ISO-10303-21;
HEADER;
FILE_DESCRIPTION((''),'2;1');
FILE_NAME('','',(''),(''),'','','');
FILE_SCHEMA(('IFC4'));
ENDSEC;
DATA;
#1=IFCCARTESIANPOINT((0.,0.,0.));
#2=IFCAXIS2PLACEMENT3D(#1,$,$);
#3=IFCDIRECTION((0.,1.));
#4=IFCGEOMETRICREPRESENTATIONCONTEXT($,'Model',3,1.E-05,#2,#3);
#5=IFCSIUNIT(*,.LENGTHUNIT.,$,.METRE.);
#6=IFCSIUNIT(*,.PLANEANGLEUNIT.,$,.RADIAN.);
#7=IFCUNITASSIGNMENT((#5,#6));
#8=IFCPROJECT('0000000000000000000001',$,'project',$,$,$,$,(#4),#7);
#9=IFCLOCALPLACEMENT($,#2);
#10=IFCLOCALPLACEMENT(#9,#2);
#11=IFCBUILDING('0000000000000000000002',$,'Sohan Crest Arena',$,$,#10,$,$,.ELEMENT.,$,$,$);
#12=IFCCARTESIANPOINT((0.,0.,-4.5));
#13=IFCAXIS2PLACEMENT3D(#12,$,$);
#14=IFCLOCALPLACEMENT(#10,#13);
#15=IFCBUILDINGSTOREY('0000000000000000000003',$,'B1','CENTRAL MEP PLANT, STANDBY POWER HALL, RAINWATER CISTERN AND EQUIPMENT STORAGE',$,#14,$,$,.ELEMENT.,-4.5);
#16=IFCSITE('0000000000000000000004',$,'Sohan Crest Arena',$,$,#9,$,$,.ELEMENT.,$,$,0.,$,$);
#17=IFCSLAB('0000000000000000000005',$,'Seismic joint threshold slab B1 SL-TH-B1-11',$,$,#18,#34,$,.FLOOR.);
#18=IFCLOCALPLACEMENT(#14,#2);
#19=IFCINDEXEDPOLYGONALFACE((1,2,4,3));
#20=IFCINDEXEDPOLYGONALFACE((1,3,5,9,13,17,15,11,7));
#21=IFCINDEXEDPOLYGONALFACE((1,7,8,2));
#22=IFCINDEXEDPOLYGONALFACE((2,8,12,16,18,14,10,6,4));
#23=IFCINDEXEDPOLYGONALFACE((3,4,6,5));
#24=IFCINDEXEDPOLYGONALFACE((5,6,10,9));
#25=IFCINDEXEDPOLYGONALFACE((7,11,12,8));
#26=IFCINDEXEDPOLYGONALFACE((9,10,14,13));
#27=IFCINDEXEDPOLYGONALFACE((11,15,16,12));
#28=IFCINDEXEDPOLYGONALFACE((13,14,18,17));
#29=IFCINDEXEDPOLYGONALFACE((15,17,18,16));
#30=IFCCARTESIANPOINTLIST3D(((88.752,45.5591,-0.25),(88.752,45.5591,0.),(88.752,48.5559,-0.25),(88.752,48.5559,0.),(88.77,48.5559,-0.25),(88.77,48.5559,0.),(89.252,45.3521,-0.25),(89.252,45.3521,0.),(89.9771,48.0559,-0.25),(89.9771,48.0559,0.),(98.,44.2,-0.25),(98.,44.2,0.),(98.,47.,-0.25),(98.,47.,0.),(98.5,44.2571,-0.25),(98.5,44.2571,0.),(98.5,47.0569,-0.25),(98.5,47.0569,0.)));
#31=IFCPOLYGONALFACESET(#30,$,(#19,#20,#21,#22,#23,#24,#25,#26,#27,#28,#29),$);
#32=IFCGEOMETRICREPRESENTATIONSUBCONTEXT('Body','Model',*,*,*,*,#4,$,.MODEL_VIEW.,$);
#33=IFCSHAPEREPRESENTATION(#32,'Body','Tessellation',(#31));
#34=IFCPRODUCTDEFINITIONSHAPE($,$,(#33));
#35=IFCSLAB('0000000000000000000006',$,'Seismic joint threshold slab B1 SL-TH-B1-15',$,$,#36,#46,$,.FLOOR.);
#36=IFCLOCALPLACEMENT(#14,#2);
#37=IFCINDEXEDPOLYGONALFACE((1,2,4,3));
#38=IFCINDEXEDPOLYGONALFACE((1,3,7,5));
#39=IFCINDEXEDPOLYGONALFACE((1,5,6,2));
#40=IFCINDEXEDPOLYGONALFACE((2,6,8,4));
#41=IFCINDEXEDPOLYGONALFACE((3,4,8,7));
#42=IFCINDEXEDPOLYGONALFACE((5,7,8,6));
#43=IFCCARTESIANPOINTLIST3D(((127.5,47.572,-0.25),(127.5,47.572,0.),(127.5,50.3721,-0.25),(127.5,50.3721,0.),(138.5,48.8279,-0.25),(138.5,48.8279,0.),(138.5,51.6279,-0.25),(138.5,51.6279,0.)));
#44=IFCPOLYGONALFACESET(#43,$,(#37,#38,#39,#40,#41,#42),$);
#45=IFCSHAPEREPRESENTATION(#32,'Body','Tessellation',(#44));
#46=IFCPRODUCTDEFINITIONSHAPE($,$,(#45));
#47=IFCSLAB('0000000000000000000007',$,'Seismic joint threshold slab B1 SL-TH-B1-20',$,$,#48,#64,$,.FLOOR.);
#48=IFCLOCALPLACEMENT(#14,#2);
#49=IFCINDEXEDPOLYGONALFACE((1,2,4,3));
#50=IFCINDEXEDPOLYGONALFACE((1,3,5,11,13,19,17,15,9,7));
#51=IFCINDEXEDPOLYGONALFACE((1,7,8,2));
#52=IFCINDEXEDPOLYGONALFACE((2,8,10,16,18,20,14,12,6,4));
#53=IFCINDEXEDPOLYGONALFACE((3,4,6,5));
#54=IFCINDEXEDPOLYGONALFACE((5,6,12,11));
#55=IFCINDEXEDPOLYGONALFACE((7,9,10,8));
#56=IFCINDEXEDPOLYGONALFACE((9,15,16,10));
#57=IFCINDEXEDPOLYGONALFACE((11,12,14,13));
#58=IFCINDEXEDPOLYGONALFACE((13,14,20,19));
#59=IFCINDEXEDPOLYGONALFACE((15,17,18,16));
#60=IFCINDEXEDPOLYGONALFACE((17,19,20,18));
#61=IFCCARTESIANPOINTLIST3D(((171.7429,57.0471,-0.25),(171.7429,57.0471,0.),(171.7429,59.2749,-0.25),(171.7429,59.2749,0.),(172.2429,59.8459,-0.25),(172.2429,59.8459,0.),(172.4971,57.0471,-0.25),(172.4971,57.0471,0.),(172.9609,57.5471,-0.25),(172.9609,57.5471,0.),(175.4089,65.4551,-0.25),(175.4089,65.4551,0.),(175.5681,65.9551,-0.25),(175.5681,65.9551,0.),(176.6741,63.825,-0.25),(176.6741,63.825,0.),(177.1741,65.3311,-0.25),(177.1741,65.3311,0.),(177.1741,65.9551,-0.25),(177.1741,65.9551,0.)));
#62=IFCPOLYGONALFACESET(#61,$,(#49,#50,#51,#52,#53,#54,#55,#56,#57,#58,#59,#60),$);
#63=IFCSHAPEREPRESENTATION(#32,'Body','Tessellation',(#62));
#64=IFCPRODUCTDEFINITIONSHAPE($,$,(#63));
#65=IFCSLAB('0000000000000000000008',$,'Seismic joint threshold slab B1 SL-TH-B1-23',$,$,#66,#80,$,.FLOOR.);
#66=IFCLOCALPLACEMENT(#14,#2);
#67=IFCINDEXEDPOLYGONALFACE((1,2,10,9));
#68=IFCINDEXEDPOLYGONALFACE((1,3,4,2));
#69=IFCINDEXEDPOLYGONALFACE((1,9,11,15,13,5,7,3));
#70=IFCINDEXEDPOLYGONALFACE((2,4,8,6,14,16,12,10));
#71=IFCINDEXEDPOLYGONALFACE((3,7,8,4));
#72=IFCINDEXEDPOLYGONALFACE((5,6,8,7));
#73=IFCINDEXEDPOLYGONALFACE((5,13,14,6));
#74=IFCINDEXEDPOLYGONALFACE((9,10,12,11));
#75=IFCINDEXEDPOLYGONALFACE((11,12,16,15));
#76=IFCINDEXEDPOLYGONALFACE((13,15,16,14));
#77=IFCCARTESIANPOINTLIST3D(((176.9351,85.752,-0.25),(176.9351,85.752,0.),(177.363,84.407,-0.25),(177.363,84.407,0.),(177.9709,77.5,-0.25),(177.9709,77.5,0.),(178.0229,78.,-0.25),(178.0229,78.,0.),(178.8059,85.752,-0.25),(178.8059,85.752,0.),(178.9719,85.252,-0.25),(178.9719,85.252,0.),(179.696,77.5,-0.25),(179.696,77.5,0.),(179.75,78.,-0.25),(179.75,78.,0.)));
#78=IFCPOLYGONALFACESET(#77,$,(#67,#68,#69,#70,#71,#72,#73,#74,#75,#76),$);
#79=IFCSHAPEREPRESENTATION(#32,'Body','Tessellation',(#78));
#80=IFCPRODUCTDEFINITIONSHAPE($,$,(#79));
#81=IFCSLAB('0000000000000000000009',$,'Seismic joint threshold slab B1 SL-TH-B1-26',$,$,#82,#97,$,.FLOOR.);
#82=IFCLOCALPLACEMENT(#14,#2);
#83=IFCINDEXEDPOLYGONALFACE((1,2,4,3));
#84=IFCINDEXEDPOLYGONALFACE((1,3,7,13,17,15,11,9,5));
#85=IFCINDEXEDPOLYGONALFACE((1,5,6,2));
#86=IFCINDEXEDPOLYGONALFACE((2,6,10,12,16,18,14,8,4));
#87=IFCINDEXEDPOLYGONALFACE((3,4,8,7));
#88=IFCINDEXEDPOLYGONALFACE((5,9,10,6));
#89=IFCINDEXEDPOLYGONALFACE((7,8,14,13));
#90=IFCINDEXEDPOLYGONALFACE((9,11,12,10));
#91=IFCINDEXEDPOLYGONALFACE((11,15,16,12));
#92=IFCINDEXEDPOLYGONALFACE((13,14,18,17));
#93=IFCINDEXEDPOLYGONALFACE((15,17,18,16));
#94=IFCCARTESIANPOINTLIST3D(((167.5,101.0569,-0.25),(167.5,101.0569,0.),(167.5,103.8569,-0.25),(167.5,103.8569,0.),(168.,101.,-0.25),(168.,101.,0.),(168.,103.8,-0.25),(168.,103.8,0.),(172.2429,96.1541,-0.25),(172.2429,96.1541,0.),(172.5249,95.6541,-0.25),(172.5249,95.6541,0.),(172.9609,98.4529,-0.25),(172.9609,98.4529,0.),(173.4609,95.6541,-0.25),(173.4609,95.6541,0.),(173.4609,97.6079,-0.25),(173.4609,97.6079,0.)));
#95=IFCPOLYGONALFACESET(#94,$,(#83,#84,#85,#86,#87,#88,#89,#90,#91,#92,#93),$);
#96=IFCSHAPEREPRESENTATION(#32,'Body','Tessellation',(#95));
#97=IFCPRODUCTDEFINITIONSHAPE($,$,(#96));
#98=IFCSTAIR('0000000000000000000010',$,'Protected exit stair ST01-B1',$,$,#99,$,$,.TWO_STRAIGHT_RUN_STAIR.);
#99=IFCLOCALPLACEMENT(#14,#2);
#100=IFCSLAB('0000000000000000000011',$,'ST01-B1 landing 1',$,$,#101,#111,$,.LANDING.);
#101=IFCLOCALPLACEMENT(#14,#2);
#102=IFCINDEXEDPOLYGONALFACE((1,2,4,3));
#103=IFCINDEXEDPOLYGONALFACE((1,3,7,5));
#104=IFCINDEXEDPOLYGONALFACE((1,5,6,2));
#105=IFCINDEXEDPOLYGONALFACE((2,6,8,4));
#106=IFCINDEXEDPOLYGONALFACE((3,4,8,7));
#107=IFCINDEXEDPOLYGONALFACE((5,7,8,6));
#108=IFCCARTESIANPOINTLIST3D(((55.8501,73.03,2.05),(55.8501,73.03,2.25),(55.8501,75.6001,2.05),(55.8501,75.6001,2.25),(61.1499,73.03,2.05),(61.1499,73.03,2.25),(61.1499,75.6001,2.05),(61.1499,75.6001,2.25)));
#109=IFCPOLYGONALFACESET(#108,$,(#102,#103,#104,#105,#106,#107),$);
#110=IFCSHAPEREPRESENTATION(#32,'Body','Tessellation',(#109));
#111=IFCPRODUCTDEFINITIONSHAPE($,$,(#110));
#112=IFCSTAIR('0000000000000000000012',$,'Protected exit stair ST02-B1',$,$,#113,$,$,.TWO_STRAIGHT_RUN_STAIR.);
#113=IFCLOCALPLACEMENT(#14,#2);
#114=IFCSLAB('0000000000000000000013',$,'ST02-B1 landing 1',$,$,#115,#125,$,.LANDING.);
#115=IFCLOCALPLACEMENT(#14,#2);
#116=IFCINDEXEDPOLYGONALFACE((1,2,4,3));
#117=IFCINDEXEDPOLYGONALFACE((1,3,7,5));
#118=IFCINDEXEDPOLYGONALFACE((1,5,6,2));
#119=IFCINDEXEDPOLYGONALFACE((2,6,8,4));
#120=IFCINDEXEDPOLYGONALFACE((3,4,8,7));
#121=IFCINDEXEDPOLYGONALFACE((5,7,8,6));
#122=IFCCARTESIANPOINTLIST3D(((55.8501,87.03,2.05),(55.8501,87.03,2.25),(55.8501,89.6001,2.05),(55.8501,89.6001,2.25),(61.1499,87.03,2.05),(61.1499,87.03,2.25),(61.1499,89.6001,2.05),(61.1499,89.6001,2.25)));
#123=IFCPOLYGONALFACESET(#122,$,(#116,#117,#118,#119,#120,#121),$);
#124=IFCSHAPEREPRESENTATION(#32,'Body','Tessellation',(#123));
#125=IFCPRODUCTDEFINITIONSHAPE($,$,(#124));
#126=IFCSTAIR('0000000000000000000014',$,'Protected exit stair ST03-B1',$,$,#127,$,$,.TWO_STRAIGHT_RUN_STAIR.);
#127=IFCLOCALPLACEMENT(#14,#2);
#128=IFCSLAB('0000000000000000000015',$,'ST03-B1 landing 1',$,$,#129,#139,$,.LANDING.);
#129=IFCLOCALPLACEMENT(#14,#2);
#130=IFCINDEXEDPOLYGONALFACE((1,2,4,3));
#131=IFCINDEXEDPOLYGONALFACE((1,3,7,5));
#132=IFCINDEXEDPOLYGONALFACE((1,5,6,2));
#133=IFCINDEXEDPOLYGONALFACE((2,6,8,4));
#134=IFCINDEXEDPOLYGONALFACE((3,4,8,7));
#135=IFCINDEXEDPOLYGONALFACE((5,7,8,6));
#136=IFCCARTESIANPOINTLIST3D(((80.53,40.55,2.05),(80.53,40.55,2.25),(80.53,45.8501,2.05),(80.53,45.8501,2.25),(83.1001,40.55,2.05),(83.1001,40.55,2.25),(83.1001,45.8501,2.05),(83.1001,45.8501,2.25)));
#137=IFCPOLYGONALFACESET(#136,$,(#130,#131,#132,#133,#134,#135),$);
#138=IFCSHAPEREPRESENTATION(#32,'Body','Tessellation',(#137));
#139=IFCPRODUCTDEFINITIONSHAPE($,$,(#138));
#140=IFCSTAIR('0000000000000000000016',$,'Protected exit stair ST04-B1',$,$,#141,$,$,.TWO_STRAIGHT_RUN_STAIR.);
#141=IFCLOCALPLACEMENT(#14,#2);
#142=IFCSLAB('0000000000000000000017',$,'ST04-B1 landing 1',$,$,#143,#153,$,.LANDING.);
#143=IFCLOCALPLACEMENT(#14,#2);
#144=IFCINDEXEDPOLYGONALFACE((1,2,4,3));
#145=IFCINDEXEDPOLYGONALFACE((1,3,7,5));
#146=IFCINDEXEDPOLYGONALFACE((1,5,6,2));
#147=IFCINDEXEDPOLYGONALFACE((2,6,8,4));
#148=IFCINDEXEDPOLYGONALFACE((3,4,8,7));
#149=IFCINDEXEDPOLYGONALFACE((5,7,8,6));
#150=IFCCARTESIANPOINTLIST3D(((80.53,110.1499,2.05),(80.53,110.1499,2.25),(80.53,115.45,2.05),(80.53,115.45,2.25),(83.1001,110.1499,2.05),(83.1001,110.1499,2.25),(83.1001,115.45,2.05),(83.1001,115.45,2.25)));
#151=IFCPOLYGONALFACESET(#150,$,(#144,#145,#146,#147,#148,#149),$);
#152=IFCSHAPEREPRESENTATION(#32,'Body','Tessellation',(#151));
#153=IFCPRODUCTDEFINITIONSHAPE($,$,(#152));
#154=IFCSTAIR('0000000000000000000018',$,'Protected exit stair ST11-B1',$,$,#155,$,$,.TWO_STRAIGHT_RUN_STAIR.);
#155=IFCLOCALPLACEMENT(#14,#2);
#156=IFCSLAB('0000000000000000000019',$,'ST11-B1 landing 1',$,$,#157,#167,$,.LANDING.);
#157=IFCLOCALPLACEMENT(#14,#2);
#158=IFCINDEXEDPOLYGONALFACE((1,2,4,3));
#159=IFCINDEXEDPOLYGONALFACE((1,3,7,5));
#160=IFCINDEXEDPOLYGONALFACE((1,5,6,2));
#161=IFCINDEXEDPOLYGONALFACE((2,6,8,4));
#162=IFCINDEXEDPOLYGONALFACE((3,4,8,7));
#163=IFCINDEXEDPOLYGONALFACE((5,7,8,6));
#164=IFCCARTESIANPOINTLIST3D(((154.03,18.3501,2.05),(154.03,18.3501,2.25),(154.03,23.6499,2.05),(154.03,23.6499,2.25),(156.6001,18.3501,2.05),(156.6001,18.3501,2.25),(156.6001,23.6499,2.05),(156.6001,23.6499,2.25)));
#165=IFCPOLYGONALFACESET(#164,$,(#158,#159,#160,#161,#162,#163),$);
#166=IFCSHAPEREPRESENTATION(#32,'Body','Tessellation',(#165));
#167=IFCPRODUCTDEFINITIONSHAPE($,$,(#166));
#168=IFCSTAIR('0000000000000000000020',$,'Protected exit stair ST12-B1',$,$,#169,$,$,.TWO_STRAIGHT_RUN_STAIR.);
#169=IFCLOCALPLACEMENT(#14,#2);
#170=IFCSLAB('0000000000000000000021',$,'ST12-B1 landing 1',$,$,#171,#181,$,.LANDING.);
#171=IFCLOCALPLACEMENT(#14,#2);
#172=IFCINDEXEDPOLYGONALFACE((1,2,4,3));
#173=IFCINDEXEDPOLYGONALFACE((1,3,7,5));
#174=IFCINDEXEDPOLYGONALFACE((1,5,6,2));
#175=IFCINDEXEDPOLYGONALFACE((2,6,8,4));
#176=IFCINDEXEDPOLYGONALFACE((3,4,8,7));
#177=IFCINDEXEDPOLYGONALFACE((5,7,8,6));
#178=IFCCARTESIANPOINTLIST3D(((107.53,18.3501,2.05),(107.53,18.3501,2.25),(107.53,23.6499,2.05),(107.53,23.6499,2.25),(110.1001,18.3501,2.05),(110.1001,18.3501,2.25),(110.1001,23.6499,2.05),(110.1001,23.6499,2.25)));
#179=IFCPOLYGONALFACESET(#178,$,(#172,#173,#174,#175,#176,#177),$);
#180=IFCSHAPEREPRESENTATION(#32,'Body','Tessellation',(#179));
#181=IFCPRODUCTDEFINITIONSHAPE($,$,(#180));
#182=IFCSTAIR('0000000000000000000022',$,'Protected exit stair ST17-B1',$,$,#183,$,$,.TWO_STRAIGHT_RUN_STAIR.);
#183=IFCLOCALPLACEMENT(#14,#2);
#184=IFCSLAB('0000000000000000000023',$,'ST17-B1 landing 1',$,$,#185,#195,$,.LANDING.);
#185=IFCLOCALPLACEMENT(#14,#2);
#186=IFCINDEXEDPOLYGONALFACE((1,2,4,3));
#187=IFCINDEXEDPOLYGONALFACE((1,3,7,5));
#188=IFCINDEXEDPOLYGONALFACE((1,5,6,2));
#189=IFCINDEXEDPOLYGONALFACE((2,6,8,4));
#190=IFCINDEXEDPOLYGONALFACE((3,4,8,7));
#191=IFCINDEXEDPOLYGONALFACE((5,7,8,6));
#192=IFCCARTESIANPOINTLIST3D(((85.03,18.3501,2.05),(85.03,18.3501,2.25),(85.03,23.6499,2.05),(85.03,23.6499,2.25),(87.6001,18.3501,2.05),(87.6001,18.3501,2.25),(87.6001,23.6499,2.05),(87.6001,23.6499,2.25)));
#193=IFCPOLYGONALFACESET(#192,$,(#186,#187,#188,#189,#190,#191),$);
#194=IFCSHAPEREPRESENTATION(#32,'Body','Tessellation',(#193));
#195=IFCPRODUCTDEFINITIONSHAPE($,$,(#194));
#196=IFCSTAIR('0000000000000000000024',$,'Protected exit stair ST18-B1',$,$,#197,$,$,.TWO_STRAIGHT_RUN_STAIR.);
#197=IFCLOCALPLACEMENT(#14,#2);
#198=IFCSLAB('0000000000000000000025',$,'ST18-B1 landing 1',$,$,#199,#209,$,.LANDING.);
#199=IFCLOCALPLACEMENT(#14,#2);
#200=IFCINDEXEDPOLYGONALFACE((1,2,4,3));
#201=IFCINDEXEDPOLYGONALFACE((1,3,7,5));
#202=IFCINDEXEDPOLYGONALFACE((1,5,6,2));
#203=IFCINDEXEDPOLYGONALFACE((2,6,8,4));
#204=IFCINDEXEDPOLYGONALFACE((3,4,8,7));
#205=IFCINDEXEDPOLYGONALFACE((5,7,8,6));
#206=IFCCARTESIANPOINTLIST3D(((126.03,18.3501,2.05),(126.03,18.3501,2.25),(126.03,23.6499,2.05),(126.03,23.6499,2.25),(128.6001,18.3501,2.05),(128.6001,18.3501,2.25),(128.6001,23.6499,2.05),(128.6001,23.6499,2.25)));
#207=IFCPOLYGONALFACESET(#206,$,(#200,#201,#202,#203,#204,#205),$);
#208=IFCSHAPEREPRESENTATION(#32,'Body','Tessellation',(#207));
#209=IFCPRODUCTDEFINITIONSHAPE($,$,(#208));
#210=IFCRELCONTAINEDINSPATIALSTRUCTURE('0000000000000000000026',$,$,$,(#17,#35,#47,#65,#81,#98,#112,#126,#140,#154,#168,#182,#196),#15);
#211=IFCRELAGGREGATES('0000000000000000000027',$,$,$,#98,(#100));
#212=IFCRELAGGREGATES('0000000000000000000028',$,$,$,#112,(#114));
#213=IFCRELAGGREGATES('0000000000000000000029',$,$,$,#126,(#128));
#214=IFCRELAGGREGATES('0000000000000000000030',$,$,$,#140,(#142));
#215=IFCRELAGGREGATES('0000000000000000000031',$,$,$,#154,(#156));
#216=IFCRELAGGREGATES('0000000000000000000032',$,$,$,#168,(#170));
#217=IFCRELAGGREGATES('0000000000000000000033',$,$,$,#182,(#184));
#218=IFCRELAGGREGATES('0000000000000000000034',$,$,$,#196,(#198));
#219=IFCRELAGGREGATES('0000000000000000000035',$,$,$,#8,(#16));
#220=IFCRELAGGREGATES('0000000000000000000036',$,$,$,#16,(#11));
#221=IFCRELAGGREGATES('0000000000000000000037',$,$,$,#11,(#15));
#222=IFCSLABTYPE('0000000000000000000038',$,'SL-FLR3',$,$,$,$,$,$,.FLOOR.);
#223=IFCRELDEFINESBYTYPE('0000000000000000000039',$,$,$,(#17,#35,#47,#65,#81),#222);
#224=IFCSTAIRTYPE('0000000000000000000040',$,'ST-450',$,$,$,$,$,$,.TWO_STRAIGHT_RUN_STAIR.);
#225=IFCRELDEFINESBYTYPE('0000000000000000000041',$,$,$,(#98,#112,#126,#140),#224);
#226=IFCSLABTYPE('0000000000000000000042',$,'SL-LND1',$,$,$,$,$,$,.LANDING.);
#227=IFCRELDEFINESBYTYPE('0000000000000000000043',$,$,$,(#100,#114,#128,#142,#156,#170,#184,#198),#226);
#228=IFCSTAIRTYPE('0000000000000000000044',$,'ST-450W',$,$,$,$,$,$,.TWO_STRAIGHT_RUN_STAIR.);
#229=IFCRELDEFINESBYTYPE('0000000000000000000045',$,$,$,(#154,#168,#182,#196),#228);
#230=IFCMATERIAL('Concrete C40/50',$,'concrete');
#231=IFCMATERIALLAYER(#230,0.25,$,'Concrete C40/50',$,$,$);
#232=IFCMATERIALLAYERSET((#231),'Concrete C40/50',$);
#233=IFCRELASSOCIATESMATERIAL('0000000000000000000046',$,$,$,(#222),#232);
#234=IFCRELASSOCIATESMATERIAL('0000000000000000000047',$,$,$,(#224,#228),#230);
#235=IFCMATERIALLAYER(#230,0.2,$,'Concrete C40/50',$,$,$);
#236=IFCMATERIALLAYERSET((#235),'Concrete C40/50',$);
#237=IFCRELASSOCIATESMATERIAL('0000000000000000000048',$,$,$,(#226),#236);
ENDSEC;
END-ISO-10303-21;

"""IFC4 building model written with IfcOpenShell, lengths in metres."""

from ifc_helpers import new_model, si_unit, direction, frame, origin, place, context, subcontext, project, spatial, polyline, outline, extrude, material, layer, layer_set, type_object, element, aggregate, save


model = new_model("IFC4")

# Units and contexts
model_context = context("Model", 3, precision=1e-05, world=origin(), true_north=direction((0.0, 1.0)))
body_context = subcontext(model_context, "Body", "Model", "MODEL_VIEW")
ifc_project = project(units=[si_unit("LENGTHUNIT", "METRE"), si_unit("PLANEANGLEUNIT", "RADIAN")], contexts=[model_context])

# Site, building, storey
site_placement = place(None, origin())
site = spatial("IfcSite", under=ifc_project, at=site_placement, Name="Sohan Crest Arena", CompositionType="ELEMENT", RefElevation=0.0)
building_placement = place(site_placement, origin())
building = spatial("IfcBuilding", under=site, at=building_placement, Name="Sohan Crest Arena", CompositionType="ELEMENT")
storey_placement = place(building_placement, frame((0.0, 0.0, -4.5)))
storey = spatial("IfcBuildingStorey", under=building, at=storey_placement, Name="B1", Description="CENTRAL MEP PLANT, STANDBY POWER HALL, RAINWATER CISTERN AND EQUIPMENT STORAGE", CompositionType="ELEMENT", Elevation=-4.5)

# Slabs
ifc_material = material(Name="Concrete C40/50", Category="concrete")
ifc_layer_1 = layer(ifc_material, 0.25, Name="Concrete C40/50")
ifc_layer_set_1 = layer_set([ifc_layer_1], Name="Concrete C40/50")
slab_type_1 = type_object("IfcSlabType", Name="SL-FLR3", PredefinedType="FLOOR", material=ifc_layer_set_1)
slab_1_placement = place(storey_placement, frame((0.0, 0.0, -0.25)))
element("IfcSlab", 1, at=slab_1_placement, inside=storey, type_object=slab_type_1, Name="Seismic joint threshold slab B1 SL-TH-B1-11", PredefinedType="FLOOR", context=body_context, shape_type="SweptSolid", body=[
    extrude(outline(polyline([(98.0, 44.2), (89.252, 45.3521), (88.752, 45.5591), (88.752, 48.5559), (88.77, 48.5559), (89.9771, 48.0559), (98.0, 47.0), (98.5, 47.0569), (98.5, 44.2571), (98.0, 44.2)])), origin(), (0.0, 0.0, 1.0), 0.25),
])
slab_2_placement = place(storey_placement, frame((0.0, 0.0, -0.25)))
element("IfcSlab", 2, at=slab_2_placement, inside=storey, type_object=slab_type_1, Name="Seismic joint threshold slab B1 SL-TH-B1-15", PredefinedType="FLOOR", context=body_context, shape_type="SweptSolid", body=[
    extrude(outline(polyline([(138.5, 48.8279), (127.5, 47.572), (127.5, 50.3721), (138.5, 51.6279), (138.5, 48.8279)])), origin(), (0.0, 0.0, 1.0), 0.25),
])
slab_3_placement = place(storey_placement, frame((0.0, 0.0, -0.25)))
element("IfcSlab", 3, at=slab_3_placement, inside=storey, type_object=slab_type_1, Name="Seismic joint threshold slab B1 SL-TH-B1-20", PredefinedType="FLOOR", context=body_context, shape_type="SweptSolid", body=[
    extrude(outline(polyline([(176.6741, 63.825), (172.9609, 57.5471), (172.4971, 57.0471), (171.7429, 57.0471), (171.7429, 59.2749), (172.2429, 59.8459), (175.4089, 65.4551), (175.5681, 65.9551), (177.1741, 65.9551), (177.1741, 65.3311), (176.6741, 63.825)])), origin(), (0.0, 0.0, 1.0), 0.25),
])
slab_4_placement = place(storey_placement, frame((0.0, 0.0, -0.25)))
element("IfcSlab", 4, at=slab_4_placement, inside=storey, type_object=slab_type_1, Name="Seismic joint threshold slab B1 SL-TH-B1-23", PredefinedType="FLOOR", context=body_context, shape_type="SweptSolid", body=[
    extrude(outline(polyline([(178.9719, 85.252), (179.75, 78.0), (179.696, 77.5), (177.9709, 77.5), (178.0229, 78.0), (177.363, 84.407), (176.9351, 85.752), (178.8059, 85.752), (178.9719, 85.252)])), origin(), (0.0, 0.0, 1.0), 0.25),
])
slab_5_placement = place(storey_placement, frame((0.0, 0.0, -0.25)))
element("IfcSlab", 5, at=slab_5_placement, inside=storey, type_object=slab_type_1, Name="Seismic joint threshold slab B1 SL-TH-B1-26", PredefinedType="FLOOR", context=body_context, shape_type="SweptSolid", body=[
    extrude(outline(polyline([(168.0, 103.8), (172.9609, 98.4529), (173.4609, 97.6079), (173.4609, 95.6541), (172.5249, 95.6541), (172.2429, 96.1541), (168.0, 101.0), (167.5, 101.0569), (167.5, 103.8569), (168.0, 103.8)])), origin(), (0.0, 0.0, 1.0), 0.25),
])

# Stairs, slabs
stair_type_1 = type_object("IfcStairType", Name="ST-450", PredefinedType="TWO_STRAIGHT_RUN_STAIR", material=ifc_material)
stair_1_placement = place(storey_placement, origin())
stair_1 = element("IfcStair", 6, at=stair_1_placement, inside=storey, type_object=stair_type_1, Name="Protected exit stair ST01-B1", PredefinedType="TWO_STRAIGHT_RUN_STAIR")
ifc_layer_2 = layer(ifc_material, 0.2, Name="Concrete C40/50")
ifc_layer_set_2 = layer_set([ifc_layer_2], Name="Concrete C40/50")
slab_type_2 = type_object("IfcSlabType", Name="SL-LND1", PredefinedType="LANDING", material=ifc_layer_set_2)
slab_6_placement = place(storey_placement, frame((0.0, 0.0, 2.05)))
slab_6 = element("IfcSlab", 7, at=slab_6_placement, type_object=slab_type_2, Name="ST01-B1 landing 1", PredefinedType="LANDING", context=body_context, shape_type="SweptSolid", body=[
    extrude(outline(polyline([(55.8501, 73.03), (61.1499, 73.03), (61.1499, 75.6001), (55.8501, 75.6001), (55.8501, 73.03)])), origin(), (0.0, 0.0, 1.0), 0.2),
])
aggregate(stair_1, [slab_6])
stair_2_placement = place(storey_placement, origin())
stair_2 = element("IfcStair", 8, at=stair_2_placement, inside=storey, type_object=stair_type_1, Name="Protected exit stair ST02-B1", PredefinedType="TWO_STRAIGHT_RUN_STAIR")
slab_7_placement = place(storey_placement, frame((0.0, 0.0, 2.05)))
slab_7 = element("IfcSlab", 9, at=slab_7_placement, type_object=slab_type_2, Name="ST02-B1 landing 1", PredefinedType="LANDING", context=body_context, shape_type="SweptSolid", body=[
    extrude(outline(polyline([(55.8501, 87.03), (61.1499, 87.03), (61.1499, 89.6001), (55.8501, 89.6001), (55.8501, 87.03)])), origin(), (0.0, 0.0, 1.0), 0.2),
])
aggregate(stair_2, [slab_7])
stair_3_placement = place(storey_placement, origin())
stair_3 = element("IfcStair", 10, at=stair_3_placement, inside=storey, type_object=stair_type_1, Name="Protected exit stair ST03-B1", PredefinedType="TWO_STRAIGHT_RUN_STAIR")
slab_8_placement = place(storey_placement, frame((0.0, 0.0, 2.05)))
slab_8 = element("IfcSlab", 11, at=slab_8_placement, type_object=slab_type_2, Name="ST03-B1 landing 1", PredefinedType="LANDING", context=body_context, shape_type="SweptSolid", body=[
    extrude(outline(polyline([(80.53, 40.55), (83.1001, 40.55), (83.1001, 45.8501), (80.53, 45.8501), (80.53, 40.55)])), origin(), (0.0, 0.0, 1.0), 0.2),
])
aggregate(stair_3, [slab_8])
stair_4_placement = place(storey_placement, origin())
stair_4 = element("IfcStair", 12, at=stair_4_placement, inside=storey, type_object=stair_type_1, Name="Protected exit stair ST04-B1", PredefinedType="TWO_STRAIGHT_RUN_STAIR")
slab_9_placement = place(storey_placement, frame((0.0, 0.0, 2.05)))
slab_9 = element("IfcSlab", 13, at=slab_9_placement, type_object=slab_type_2, Name="ST04-B1 landing 1", PredefinedType="LANDING", context=body_context, shape_type="SweptSolid", body=[
    extrude(outline(polyline([(80.53, 110.1499), (83.1001, 110.1499), (83.1001, 115.45), (80.53, 115.45), (80.53, 110.1499)])), origin(), (0.0, 0.0, 1.0), 0.2),
])
aggregate(stair_4, [slab_9])
stair_type_2 = type_object("IfcStairType", Name="ST-450W", PredefinedType="TWO_STRAIGHT_RUN_STAIR", material=ifc_material)
stair_5_placement = place(storey_placement, origin())
stair_5 = element("IfcStair", 14, at=stair_5_placement, inside=storey, type_object=stair_type_2, Name="Protected exit stair ST11-B1", PredefinedType="TWO_STRAIGHT_RUN_STAIR")
slab_10_placement = place(storey_placement, frame((0.0, 0.0, 2.05)))
slab_10 = element("IfcSlab", 15, at=slab_10_placement, type_object=slab_type_2, Name="ST11-B1 landing 1", PredefinedType="LANDING", context=body_context, shape_type="SweptSolid", body=[
    extrude(outline(polyline([(154.03, 18.3501), (156.6001, 18.3501), (156.6001, 23.6499), (154.03, 23.6499), (154.03, 18.3501)])), origin(), (0.0, 0.0, 1.0), 0.2),
])
aggregate(stair_5, [slab_10])
stair_6_placement = place(storey_placement, origin())
stair_6 = element("IfcStair", 16, at=stair_6_placement, inside=storey, type_object=stair_type_2, Name="Protected exit stair ST12-B1", PredefinedType="TWO_STRAIGHT_RUN_STAIR")
slab_11_placement = place(storey_placement, frame((0.0, 0.0, 2.05)))
slab_11 = element("IfcSlab", 17, at=slab_11_placement, type_object=slab_type_2, Name="ST12-B1 landing 1", PredefinedType="LANDING", context=body_context, shape_type="SweptSolid", body=[
    extrude(outline(polyline([(107.53, 18.3501), (110.1001, 18.3501), (110.1001, 23.6499), (107.53, 23.6499), (107.53, 18.3501)])), origin(), (0.0, 0.0, 1.0), 0.2),
])
aggregate(stair_6, [slab_11])
stair_7_placement = place(storey_placement, origin())
stair_7 = element("IfcStair", 18, at=stair_7_placement, inside=storey, type_object=stair_type_2, Name="Protected exit stair ST17-B1", PredefinedType="TWO_STRAIGHT_RUN_STAIR")
slab_12_placement = place(storey_placement, frame((0.0, 0.0, 2.05)))
slab_12 = element("IfcSlab", 19, at=slab_12_placement, type_object=slab_type_2, Name="ST17-B1 landing 1", PredefinedType="LANDING", context=body_context, shape_type="SweptSolid", body=[
    extrude(outline(polyline([(85.03, 18.3501), (87.6001, 18.3501), (87.6001, 23.6499), (85.03, 23.6499), (85.03, 18.3501)])), origin(), (0.0, 0.0, 1.0), 0.2),
])
aggregate(stair_7, [slab_12])
stair_8_placement = place(storey_placement, origin())
stair_8 = element("IfcStair", 20, at=stair_8_placement, inside=storey, type_object=stair_type_2, Name="Protected exit stair ST18-B1", PredefinedType="TWO_STRAIGHT_RUN_STAIR")
slab_13_placement = place(storey_placement, frame((0.0, 0.0, 2.05)))
slab_13 = element("IfcSlab", 21, at=slab_13_placement, type_object=slab_type_2, Name="ST18-B1 landing 1", PredefinedType="LANDING", context=body_context, shape_type="SweptSolid", body=[
    extrude(outline(polyline([(126.03, 18.3501), (128.6001, 18.3501), (128.6001, 23.6499), (126.03, 23.6499), (126.03, 18.3501)])), origin(), (0.0, 0.0, 1.0), 0.2),
])
aggregate(stair_8, [slab_13])

save(model, "model.ifc")
